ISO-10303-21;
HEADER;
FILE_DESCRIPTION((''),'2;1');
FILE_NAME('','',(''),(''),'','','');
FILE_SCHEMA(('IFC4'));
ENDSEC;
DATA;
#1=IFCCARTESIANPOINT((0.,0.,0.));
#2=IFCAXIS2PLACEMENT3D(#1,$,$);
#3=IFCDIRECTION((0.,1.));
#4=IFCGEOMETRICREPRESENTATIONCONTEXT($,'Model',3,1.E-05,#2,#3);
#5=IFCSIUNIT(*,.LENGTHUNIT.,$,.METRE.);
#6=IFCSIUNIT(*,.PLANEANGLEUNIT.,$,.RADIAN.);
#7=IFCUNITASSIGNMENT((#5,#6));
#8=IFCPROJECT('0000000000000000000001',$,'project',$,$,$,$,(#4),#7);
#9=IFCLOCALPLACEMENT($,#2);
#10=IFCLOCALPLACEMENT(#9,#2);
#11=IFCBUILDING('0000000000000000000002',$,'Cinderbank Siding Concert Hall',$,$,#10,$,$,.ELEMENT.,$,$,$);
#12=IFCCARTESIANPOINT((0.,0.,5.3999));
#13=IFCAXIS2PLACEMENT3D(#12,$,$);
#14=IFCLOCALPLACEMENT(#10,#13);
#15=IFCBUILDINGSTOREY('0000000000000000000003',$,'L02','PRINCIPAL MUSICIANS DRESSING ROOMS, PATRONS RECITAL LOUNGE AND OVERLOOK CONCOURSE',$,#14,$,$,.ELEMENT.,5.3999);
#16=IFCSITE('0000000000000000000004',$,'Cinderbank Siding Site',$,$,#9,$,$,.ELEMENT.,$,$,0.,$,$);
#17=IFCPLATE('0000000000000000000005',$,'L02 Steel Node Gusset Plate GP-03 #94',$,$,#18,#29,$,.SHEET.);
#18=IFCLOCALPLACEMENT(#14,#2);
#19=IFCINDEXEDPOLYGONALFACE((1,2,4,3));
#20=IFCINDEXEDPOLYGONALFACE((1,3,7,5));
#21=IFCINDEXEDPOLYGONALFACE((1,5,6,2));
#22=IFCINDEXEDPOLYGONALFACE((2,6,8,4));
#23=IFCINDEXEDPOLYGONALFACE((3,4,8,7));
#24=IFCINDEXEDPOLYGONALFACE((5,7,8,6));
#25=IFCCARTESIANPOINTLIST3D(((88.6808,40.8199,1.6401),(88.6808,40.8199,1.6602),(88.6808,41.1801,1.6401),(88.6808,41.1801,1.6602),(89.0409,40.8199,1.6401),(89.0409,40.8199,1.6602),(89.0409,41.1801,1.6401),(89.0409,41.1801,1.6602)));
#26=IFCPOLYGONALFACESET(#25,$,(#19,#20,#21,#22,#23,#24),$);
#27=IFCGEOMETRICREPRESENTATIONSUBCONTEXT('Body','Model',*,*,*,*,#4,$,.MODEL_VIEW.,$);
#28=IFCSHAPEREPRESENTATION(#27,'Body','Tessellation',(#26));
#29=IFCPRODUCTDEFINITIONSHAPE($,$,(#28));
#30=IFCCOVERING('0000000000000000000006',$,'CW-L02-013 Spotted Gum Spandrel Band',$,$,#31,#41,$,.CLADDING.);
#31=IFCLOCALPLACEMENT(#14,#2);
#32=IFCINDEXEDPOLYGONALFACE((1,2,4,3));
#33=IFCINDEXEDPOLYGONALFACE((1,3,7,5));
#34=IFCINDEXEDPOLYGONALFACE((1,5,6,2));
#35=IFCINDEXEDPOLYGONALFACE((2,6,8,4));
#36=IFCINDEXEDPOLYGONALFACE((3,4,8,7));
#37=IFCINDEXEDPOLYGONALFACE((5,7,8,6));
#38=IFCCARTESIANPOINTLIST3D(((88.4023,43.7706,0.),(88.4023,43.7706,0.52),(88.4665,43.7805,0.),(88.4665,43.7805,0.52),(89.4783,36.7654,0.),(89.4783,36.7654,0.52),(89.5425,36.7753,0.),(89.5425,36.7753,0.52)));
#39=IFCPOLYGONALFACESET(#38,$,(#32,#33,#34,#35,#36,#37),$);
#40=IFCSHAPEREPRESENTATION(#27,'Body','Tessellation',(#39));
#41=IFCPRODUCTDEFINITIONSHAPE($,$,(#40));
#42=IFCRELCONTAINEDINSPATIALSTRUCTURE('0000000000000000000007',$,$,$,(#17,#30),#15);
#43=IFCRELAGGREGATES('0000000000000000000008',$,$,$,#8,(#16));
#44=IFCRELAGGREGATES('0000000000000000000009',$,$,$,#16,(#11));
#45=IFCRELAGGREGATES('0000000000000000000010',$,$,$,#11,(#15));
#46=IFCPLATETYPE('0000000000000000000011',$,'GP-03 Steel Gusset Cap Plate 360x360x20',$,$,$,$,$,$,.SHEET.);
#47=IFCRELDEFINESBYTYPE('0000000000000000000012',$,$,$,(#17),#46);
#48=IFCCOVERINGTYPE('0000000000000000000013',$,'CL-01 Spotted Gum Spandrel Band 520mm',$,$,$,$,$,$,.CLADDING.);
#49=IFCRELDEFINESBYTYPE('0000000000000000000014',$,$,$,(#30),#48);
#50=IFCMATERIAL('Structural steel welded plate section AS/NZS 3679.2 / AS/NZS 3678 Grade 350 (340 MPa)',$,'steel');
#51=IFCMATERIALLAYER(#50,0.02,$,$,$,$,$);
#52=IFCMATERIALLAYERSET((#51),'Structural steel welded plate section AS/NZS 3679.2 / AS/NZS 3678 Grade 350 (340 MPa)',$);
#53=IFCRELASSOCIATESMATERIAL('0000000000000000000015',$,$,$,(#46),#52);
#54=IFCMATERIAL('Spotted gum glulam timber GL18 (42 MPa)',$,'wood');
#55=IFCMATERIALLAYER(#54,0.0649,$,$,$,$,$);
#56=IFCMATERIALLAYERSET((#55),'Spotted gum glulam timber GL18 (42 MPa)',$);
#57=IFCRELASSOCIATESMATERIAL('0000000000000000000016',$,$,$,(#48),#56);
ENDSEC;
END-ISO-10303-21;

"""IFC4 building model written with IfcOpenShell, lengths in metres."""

from ifc_helpers import new_model, si_unit, direction, frame, origin, origin_2d, place, context, subcontext, project, spatial, rectangle, extrude, material, layer, layer_set, type_object, element, save


model = new_model("IFC4")

# Units and contexts
model_context = context("Model", 3, precision=1e-05, world=origin(), true_north=direction((0.0, 1.0)))
body_context = subcontext(model_context, "Body", "Model", "MODEL_VIEW")
ifc_project = project(units=[si_unit("LENGTHUNIT", "METRE"), si_unit("PLANEANGLEUNIT", "RADIAN")], contexts=[model_context])

# Site, building, storey
site_placement = place(None, origin())
site = spatial("IfcSite", under=ifc_project, at=site_placement, Name="Cinderbank Siding Site", CompositionType="ELEMENT", RefElevation=0.0)
building_placement = place(site_placement, origin())
building = spatial("IfcBuilding", under=site, at=building_placement, Name="Cinderbank Siding Concert Hall", CompositionType="ELEMENT")
storey_placement = place(building_placement, frame((0.0, 0.0, 5.3999)))
storey = spatial("IfcBuildingStorey", under=building, at=storey_placement, Name="L02", Description="PRINCIPAL MUSICIANS DRESSING ROOMS, PATRONS RECITAL LOUNGE AND OVERLOOK CONCOURSE", CompositionType="ELEMENT", Elevation=5.3999)

# Shared definitions
ifc_material_1 = material(Name="Structural steel welded plate section AS/NZS 3679.2 / AS/NZS 3678 Grade 350 (340 MPa)", Category="steel")

# Plate
ifc_layer_1 = layer(ifc_material_1, 0.02)
ifc_layer_set_1 = layer_set([ifc_layer_1], Name="Structural steel welded plate section AS/NZS 3679.2 / AS/NZS 3678 Grade 350 (340 MPa)")
plate_type_1 = type_object("IfcPlateType", Name="GP-03 Steel Gusset Cap Plate 360x360x20", PredefinedType="SHEET", material=ifc_layer_set_1)
plate_1_placement = place(storey_placement, frame((88.8608, 41.0, 1.6401), z_axis=(0.0, 0.0, 1.0), x_axis=(-1.0, 0.0, 0.0)))
element("IfcPlate", 1, at=plate_1_placement, inside=storey, type_object=plate_type_1, Name="L02 Steel Node Gusset Plate GP-03 #94", PredefinedType="SHEET", context=body_context, shape_type="SweptSolid", body=[
    extrude(rectangle(XDim=0.3601, YDim=0.3601, at=origin_2d()), origin(), (0.0, 0.0, 1.0), 0.02),
])

# Covering
ifc_material_2 = material(Name="Spotted gum glulam timber GL18 (42 MPa)", Category="wood")
ifc_layer_2 = layer(ifc_material_2, 0.0649)
ifc_layer_set_2 = layer_set([ifc_layer_2], Name="Spotted gum glulam timber GL18 (42 MPa)")
covering_type = type_object("IfcCoveringType", Name="CL-01 Spotted Gum Spandrel Band 520mm", PredefinedType="CLADDING", material=ifc_layer_set_2)
covering_placement = place(storey_placement, frame((88.9724, 40.2729, 0.0), z_axis=(0.0, 0.0, 1.0), x_axis=(0.151815, -0.988409, 0.0)))
element("IfcCovering", 2, at=covering_placement, inside=storey, type_object=covering_type, Name="CW-L02-013 Spotted Gum Spandrel Band", PredefinedType="CLADDING", context=body_context, shape_type="SweptSolid", body=[
    extrude(rectangle(XDim=7.0874, YDim=0.0649, at=origin_2d()), origin(), (0.0, 0.0, 1.0), 0.52),
])

save(model, "model.ifc")
